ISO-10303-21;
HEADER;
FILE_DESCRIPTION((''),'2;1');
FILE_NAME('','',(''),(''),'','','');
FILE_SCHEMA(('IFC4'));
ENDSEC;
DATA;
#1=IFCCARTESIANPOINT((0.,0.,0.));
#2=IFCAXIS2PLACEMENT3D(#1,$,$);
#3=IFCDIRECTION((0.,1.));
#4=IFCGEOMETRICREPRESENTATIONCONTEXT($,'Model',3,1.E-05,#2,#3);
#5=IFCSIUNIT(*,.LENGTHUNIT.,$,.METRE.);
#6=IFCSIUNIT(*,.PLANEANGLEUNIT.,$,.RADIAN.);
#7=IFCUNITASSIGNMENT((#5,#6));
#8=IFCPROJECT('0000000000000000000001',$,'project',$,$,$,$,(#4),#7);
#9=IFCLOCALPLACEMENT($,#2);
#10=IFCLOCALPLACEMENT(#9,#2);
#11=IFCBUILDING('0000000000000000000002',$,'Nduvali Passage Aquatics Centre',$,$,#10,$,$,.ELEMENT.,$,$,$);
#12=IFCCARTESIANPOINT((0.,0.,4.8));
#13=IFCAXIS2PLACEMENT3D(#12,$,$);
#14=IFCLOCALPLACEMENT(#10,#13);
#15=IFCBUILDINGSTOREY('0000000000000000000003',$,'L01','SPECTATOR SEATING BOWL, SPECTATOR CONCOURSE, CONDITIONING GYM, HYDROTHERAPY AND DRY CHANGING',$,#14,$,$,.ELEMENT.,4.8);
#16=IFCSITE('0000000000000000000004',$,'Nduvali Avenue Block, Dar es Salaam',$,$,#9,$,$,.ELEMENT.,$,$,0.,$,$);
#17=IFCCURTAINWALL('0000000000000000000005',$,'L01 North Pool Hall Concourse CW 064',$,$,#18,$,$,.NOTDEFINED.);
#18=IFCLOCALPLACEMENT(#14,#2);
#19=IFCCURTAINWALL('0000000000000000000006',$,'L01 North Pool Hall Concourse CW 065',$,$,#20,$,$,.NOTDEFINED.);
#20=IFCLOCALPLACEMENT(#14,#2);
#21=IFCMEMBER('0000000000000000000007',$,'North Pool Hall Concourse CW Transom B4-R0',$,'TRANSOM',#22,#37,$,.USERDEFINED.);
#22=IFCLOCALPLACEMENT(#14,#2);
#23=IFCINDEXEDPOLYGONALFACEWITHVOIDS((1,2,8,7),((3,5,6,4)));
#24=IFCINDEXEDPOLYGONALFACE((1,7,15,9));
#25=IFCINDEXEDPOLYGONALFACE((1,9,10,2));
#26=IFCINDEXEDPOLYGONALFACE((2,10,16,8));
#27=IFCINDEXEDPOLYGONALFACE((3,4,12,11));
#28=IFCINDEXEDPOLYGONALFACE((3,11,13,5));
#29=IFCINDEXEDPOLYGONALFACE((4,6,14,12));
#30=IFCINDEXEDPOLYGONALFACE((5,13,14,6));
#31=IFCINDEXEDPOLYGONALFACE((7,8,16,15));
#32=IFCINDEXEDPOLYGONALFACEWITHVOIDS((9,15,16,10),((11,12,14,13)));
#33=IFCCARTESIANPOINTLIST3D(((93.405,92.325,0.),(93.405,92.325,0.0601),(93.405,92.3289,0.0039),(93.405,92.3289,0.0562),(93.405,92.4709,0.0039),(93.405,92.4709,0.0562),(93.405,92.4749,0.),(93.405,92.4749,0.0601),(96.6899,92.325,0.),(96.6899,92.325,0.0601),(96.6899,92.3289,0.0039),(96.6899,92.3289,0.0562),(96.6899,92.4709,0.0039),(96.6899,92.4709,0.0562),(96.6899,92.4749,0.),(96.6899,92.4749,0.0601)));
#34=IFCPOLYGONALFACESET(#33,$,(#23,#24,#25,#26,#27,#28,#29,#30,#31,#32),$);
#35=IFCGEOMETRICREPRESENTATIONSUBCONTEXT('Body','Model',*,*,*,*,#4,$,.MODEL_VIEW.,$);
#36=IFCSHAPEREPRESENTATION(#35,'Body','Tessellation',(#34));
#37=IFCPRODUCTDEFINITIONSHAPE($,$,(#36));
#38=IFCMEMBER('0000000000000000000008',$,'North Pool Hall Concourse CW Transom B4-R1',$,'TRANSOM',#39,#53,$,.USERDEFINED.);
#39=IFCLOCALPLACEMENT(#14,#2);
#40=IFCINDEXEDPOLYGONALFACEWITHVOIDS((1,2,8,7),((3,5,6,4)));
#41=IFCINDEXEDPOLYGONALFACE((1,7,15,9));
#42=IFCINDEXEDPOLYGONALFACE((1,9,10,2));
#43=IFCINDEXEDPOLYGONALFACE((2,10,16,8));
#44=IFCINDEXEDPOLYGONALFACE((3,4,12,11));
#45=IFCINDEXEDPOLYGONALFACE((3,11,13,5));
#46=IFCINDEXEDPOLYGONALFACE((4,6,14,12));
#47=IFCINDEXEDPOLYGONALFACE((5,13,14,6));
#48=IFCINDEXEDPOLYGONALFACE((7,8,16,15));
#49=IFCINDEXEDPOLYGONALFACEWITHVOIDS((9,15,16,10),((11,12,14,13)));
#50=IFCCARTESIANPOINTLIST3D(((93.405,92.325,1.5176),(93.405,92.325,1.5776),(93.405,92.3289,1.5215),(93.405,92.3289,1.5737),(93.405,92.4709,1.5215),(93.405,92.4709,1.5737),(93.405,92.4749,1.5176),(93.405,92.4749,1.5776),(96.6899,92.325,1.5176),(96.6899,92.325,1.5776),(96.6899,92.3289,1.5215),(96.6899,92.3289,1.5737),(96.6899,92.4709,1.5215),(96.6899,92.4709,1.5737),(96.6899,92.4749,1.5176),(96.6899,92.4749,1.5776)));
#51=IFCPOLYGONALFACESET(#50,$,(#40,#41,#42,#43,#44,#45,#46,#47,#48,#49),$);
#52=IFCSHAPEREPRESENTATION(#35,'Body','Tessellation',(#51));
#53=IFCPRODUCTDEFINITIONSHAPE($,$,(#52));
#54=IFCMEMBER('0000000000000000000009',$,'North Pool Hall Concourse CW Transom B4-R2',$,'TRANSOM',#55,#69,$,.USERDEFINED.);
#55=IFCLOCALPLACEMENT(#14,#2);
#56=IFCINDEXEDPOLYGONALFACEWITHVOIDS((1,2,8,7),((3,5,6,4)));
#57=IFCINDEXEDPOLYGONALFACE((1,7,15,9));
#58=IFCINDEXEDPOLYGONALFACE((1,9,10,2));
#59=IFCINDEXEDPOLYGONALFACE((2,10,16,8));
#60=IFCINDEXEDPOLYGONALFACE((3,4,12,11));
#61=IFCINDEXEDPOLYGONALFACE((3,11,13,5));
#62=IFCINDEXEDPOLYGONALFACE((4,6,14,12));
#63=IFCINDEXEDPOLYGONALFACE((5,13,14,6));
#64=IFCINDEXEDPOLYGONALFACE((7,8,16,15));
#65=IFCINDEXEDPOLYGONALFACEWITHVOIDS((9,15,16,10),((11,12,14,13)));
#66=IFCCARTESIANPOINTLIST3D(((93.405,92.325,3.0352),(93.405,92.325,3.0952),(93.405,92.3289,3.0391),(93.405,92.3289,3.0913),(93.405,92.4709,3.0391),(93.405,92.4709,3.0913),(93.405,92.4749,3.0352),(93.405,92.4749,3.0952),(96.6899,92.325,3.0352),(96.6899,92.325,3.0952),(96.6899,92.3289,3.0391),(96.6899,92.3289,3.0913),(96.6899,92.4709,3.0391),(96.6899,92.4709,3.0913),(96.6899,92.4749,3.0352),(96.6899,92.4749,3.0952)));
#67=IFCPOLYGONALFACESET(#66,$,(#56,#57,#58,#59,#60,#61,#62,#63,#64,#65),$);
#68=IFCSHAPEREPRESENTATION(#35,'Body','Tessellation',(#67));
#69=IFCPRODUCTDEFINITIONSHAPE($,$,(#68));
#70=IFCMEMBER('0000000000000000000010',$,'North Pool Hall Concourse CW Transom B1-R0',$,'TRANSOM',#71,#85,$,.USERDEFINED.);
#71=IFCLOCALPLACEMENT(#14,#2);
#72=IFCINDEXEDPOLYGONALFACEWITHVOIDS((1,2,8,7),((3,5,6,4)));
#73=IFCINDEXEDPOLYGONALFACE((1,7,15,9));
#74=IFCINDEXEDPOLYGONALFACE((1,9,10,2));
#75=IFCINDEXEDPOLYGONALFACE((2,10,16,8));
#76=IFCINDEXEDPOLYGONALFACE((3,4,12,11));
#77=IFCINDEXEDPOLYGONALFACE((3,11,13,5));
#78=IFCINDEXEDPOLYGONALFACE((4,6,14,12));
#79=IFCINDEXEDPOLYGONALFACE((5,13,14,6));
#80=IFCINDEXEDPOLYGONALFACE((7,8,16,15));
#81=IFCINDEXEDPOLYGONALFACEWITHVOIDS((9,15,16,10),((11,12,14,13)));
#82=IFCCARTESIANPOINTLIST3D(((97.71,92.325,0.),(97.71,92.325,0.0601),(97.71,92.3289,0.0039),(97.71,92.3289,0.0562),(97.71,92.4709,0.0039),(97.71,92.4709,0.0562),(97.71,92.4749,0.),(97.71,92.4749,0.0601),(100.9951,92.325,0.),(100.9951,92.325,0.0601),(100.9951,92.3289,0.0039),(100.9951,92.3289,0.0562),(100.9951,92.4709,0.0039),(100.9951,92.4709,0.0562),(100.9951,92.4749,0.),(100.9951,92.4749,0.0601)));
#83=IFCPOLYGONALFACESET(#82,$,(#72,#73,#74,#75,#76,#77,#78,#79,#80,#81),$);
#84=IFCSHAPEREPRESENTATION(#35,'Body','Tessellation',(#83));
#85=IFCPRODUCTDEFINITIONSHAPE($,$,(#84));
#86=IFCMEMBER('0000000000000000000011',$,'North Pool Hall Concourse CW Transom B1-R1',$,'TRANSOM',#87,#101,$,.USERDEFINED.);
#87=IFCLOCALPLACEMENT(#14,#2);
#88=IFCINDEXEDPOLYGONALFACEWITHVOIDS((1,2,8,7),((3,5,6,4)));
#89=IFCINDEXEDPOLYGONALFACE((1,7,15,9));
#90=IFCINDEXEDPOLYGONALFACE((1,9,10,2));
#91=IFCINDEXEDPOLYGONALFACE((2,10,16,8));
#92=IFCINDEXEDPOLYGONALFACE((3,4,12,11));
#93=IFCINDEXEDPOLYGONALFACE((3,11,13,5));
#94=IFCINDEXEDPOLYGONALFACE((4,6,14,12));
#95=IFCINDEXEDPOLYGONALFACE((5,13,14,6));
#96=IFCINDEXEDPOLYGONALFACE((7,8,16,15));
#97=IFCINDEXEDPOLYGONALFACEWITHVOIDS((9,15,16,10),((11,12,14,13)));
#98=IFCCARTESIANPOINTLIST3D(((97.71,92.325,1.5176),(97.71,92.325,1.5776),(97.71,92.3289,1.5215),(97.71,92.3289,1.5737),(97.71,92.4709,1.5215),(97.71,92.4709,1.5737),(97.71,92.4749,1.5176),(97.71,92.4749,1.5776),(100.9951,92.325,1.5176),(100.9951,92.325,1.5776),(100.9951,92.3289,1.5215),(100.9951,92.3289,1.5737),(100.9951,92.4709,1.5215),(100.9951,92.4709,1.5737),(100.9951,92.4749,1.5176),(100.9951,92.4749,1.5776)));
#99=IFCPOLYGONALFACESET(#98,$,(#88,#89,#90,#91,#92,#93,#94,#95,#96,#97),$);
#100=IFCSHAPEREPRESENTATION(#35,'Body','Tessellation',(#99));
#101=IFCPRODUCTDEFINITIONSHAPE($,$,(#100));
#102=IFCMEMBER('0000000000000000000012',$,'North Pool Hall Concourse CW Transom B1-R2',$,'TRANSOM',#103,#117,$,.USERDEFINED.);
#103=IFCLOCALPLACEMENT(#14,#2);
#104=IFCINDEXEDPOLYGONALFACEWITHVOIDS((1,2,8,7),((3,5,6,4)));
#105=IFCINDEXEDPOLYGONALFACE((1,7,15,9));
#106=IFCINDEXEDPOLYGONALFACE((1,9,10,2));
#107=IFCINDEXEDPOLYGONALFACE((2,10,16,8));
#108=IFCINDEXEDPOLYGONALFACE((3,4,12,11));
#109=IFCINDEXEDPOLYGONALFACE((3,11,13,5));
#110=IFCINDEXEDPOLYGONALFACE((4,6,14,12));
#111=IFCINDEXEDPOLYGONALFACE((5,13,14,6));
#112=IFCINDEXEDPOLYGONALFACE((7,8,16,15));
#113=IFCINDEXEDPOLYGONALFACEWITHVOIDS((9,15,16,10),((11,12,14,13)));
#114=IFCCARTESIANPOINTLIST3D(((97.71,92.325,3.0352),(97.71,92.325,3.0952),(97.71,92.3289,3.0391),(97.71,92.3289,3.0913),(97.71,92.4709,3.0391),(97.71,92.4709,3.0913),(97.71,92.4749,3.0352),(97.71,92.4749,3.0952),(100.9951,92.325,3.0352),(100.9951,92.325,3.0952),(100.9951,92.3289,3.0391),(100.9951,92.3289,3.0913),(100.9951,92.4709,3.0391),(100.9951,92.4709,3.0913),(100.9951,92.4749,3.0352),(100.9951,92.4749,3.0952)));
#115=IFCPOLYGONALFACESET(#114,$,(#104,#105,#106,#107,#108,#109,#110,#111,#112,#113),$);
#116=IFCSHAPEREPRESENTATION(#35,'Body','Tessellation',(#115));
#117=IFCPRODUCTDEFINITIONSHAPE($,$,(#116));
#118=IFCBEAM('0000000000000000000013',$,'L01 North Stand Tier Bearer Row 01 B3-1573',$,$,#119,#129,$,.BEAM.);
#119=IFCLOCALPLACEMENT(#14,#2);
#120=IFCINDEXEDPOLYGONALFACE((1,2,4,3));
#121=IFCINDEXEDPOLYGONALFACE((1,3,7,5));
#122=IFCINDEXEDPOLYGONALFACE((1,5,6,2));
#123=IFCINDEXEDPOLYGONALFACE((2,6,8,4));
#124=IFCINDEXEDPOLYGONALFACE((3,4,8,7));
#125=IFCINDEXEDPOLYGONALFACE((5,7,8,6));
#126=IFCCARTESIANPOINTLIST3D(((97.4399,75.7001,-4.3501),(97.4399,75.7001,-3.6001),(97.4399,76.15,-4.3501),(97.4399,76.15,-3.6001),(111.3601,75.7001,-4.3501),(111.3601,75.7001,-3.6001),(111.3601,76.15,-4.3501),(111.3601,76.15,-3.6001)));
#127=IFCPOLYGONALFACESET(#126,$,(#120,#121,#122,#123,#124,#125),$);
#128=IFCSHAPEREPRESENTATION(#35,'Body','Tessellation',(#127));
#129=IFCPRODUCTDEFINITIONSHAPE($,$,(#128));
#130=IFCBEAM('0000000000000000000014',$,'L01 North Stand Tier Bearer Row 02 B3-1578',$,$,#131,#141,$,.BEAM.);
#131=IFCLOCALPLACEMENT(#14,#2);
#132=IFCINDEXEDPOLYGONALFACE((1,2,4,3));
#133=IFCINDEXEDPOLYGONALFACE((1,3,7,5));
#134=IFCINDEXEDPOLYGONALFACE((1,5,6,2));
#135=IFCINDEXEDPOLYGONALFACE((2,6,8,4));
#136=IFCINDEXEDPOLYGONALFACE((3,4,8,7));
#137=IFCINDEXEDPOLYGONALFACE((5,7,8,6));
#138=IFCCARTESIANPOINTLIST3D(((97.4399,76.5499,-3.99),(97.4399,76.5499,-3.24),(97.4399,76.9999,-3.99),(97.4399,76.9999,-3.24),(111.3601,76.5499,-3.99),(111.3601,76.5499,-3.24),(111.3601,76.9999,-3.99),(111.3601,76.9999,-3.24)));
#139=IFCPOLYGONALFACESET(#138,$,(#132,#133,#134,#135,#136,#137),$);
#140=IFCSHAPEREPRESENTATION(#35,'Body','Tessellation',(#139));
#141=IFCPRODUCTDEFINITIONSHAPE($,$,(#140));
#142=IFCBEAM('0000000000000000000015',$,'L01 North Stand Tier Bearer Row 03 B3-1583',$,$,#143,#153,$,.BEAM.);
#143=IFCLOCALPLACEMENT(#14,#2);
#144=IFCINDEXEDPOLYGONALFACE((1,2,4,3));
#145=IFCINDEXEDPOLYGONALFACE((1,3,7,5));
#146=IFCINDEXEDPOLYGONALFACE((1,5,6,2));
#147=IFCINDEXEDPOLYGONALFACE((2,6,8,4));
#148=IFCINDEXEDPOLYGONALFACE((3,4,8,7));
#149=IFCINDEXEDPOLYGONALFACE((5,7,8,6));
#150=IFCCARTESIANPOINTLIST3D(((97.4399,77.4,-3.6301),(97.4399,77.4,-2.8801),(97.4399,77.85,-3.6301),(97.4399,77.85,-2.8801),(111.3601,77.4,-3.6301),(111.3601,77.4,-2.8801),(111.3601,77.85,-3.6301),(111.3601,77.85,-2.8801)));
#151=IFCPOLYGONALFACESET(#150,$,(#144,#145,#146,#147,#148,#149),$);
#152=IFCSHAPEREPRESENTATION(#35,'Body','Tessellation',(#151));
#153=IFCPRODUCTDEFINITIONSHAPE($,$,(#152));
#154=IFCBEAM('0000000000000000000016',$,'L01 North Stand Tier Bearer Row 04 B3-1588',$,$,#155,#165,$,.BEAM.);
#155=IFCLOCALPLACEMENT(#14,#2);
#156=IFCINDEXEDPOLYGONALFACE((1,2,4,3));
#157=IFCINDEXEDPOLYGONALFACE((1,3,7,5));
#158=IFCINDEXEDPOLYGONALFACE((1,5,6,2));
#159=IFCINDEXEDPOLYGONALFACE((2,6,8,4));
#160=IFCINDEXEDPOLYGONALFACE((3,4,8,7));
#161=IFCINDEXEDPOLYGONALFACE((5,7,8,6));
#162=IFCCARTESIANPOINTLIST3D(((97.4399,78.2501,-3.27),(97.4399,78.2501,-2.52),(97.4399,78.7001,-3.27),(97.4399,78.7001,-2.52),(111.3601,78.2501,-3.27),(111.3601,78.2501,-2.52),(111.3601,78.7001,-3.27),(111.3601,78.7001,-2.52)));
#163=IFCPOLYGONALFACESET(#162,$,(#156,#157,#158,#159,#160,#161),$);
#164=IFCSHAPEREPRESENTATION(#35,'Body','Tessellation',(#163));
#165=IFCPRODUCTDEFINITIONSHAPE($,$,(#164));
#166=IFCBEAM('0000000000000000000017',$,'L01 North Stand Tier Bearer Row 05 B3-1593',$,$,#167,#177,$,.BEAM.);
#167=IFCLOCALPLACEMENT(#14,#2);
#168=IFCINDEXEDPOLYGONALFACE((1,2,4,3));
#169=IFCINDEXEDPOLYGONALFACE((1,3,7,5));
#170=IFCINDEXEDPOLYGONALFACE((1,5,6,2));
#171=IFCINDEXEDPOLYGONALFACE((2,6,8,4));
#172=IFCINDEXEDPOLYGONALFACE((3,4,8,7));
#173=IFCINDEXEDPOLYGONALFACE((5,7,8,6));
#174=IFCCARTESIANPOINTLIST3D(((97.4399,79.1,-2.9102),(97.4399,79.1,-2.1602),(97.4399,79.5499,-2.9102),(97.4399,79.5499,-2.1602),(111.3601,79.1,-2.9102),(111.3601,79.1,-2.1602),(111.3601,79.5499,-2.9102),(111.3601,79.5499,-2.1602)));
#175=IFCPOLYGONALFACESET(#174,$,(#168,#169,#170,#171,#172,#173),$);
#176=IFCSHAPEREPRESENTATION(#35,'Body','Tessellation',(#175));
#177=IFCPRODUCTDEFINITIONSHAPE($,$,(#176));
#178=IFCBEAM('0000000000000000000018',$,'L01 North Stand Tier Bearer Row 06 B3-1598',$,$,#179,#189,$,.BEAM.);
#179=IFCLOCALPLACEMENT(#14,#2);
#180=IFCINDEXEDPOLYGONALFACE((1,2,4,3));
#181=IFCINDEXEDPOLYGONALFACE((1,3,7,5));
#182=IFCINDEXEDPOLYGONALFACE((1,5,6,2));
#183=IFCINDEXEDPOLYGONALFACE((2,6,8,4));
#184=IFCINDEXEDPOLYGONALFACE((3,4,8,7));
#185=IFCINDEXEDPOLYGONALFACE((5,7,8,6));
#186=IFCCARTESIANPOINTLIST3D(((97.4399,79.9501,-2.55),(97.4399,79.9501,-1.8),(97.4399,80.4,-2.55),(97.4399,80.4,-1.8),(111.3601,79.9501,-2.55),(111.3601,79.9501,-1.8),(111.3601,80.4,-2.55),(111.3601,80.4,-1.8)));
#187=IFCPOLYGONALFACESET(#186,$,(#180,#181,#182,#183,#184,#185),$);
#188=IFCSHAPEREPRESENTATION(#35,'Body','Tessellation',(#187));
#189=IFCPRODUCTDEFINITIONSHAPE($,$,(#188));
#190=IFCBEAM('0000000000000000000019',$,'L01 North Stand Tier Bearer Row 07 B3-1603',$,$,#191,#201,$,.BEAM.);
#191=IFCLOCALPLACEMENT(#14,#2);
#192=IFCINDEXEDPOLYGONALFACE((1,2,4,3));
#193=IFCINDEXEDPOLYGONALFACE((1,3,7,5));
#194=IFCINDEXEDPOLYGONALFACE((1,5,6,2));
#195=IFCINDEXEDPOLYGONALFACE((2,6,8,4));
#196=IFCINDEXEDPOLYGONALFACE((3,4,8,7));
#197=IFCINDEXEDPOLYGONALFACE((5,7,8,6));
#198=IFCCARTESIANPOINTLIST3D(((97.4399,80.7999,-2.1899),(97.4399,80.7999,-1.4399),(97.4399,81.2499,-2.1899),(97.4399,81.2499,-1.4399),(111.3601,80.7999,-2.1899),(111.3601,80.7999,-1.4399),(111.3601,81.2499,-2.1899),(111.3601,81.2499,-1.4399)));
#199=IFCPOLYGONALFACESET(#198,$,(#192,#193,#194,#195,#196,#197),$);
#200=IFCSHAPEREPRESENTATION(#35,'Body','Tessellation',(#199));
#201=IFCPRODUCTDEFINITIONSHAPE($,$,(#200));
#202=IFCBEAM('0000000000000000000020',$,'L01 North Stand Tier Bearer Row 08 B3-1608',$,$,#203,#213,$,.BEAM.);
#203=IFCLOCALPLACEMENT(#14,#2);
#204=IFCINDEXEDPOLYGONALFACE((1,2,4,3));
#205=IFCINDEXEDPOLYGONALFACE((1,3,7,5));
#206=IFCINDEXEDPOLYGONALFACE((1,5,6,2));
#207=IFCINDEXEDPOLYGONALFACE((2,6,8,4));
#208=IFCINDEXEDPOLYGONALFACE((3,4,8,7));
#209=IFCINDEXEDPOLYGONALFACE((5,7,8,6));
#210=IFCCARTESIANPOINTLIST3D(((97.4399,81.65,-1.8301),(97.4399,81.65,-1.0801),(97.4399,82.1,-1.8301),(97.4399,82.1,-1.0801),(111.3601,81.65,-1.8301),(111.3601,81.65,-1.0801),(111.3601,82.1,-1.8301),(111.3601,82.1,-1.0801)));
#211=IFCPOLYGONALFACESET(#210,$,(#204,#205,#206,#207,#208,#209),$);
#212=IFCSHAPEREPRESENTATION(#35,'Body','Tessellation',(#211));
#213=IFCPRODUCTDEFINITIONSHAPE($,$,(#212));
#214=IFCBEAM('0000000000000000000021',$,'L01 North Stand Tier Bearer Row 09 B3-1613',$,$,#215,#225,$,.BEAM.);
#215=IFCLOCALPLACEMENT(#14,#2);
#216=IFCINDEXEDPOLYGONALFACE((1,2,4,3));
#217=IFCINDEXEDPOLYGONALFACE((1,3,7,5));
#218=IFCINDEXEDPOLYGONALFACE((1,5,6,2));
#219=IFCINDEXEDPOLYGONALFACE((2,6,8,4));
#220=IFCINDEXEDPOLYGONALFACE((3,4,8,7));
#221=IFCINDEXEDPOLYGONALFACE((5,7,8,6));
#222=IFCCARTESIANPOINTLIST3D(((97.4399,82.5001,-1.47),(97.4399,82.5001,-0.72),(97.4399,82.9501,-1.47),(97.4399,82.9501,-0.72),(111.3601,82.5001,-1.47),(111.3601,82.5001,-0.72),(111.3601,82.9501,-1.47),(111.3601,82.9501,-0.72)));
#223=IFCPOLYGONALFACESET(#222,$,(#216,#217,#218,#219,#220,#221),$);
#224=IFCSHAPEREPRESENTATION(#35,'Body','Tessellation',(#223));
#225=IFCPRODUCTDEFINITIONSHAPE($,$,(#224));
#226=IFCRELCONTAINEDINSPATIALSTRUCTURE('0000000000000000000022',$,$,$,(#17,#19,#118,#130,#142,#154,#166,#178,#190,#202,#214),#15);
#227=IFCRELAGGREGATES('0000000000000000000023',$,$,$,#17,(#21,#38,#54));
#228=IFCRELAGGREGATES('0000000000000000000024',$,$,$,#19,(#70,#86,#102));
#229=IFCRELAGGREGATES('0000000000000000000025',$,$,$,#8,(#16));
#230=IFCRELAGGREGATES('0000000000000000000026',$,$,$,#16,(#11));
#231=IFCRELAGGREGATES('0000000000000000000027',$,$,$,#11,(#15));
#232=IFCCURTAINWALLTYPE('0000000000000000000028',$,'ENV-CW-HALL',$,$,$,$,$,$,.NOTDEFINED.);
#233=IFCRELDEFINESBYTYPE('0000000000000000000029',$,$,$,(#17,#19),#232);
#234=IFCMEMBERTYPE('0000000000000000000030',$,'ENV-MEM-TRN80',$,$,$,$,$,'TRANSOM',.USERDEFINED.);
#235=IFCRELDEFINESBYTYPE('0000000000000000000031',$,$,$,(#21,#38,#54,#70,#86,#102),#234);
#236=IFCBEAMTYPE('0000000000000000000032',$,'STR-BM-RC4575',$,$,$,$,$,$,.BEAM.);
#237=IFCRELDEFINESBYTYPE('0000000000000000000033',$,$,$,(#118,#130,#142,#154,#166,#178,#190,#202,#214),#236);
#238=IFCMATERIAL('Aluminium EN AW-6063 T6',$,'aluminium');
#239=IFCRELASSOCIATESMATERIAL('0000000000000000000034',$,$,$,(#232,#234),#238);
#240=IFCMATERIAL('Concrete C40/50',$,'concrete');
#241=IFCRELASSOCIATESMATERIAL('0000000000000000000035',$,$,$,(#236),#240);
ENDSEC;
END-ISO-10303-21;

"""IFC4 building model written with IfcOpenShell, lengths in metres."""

from ifc_helpers import new_model, si_unit, direction, frame, origin, origin_2d, place, context, subcontext, project, spatial, rectangle, hollow_rectangle, extrude, material, material_profile, profile_set, type_object, element, aggregate, save


model = new_model("IFC4")

# Units and contexts
model_context = context("Model", 3, precision=1e-05, world=origin(), true_north=direction((0.0, 1.0)))
body_context = subcontext(model_context, "Body", "Model", "MODEL_VIEW")
ifc_project = project(units=[si_unit("LENGTHUNIT", "METRE"), si_unit("PLANEANGLEUNIT", "RADIAN")], contexts=[model_context])

# Site, building, storey
site_placement = place(None, origin())
site = spatial("IfcSite", under=ifc_project, at=site_placement, Name="Nduvali Avenue Block, Dar es Salaam", CompositionType="ELEMENT", RefElevation=0.0)
building_placement = place(site_placement, origin())
building = spatial("IfcBuilding", under=site, at=building_placement, Name="Nduvali Passage Aquatics Centre", CompositionType="ELEMENT")
storey_placement = place(building_placement, frame((0.0, 0.0, 4.8)))
storey = spatial("IfcBuildingStorey", under=building, at=storey_placement, Name="L01", Description="SPECTATOR SEATING BOWL, SPECTATOR CONCOURSE, CONDITIONING GYM, HYDROTHERAPY AND DRY CHANGING", CompositionType="ELEMENT", Elevation=4.8)

# Shared definitions
ifc_material_1 = material(Name="Concrete C40/50", Category="concrete")

# Curtain wall
ifc_material_2 = material(Name="Aluminium EN AW-6063 T6", Category="aluminium")
curtain_wall_type = type_object("IfcCurtainWallType", Name="ENV-CW-HALL", PredefinedType="NOTDEFINED", material=ifc_material_2)
curtain_wall_1_placement = place(storey_placement, origin())
curtain_wall_1 = element("IfcCurtainWall", 1, at=curtain_wall_1_placement, inside=storey, type_object=curtain_wall_type, Name="L01 North Pool Hall Concourse CW 064", PredefinedType="NOTDEFINED")

# Curtain wall
curtain_wall_2_placement = place(storey_placement, origin())
curtain_wall_2 = element("IfcCurtainWall", 2, at=curtain_wall_2_placement, inside=storey, type_object=curtain_wall_type, Name="L01 North Pool Hall Concourse CW 065", PredefinedType="NOTDEFINED")

# Members
ifc_material_profile_1 = material_profile(ifc_material_2, hollow_rectangle(XDim=0.1499, YDim=0.0601, WallThickness=0.0039, at=origin_2d()), Name="ALU TRANSOM 150x60x4")
ifc_profile_set_1 = profile_set([ifc_material_profile_1], Name="Aluminium EN AW-6063 T6")
member_type_1 = type_object("IfcMemberType", Name="ENV-MEM-TRN80", ElementType="TRANSOM", PredefinedType="USERDEFINED", material=ifc_profile_set_1)
member_1_placement = place(storey_placement, frame((93.405, 92.3999, 0.03), z_axis=(1.0, 0.0, 0.0), x_axis=(0.0, 1.0, 0.0)))
member_1 = element("IfcMember", 3, at=member_1_placement, type_object=member_type_1, Name="North Pool Hall Concourse CW Transom B4-R0", ObjectType="TRANSOM", PredefinedType="USERDEFINED", context=body_context, shape_type="SweptSolid", body=[
    extrude(hollow_rectangle(XDim=0.1499, YDim=0.0601, WallThickness=0.0039, at=origin_2d()), origin(), (0.0, 0.0, 1.0), 3.2849),
])
member_2_placement = place(storey_placement, frame((93.405, 92.3999, 1.5476), z_axis=(1.0, 0.0, 0.0), x_axis=(0.0, 1.0, 0.0)))
member_2 = element("IfcMember", 4, at=member_2_placement, type_object=member_type_1, Name="North Pool Hall Concourse CW Transom B4-R1", ObjectType="TRANSOM", PredefinedType="USERDEFINED", context=body_context, shape_type="SweptSolid", body=[
    extrude(hollow_rectangle(XDim=0.1499, YDim=0.0601, WallThickness=0.0039, at=origin_2d()), origin(), (0.0, 0.0, 1.0), 3.2849),
])
member_3_placement = place(storey_placement, frame((93.405, 92.3999, 3.0652), z_axis=(1.0, 0.0, 0.0), x_axis=(0.0, 1.0, 0.0)))
member_3 = element("IfcMember", 5, at=member_3_placement, type_object=member_type_1, Name="North Pool Hall Concourse CW Transom B4-R2", ObjectType="TRANSOM", PredefinedType="USERDEFINED", context=body_context, shape_type="SweptSolid", body=[
    extrude(hollow_rectangle(XDim=0.1499, YDim=0.0601, WallThickness=0.0039, at=origin_2d()), origin(), (0.0, 0.0, 1.0), 3.2849),
])
member_4_placement = place(storey_placement, frame((97.71, 92.3999, 0.03), z_axis=(1.0, 0.0, 0.0), x_axis=(0.0, 1.0, 0.0)))
member_4 = element("IfcMember", 6, at=member_4_placement, type_object=member_type_1, Name="North Pool Hall Concourse CW Transom B1-R0", ObjectType="TRANSOM", PredefinedType="USERDEFINED", context=body_context, shape_type="SweptSolid", body=[
    extrude(hollow_rectangle(XDim=0.1499, YDim=0.0601, WallThickness=0.0039, at=origin_2d()), origin(), (0.0, 0.0, 1.0), 3.2852),
])
member_5_placement = place(storey_placement, frame((97.71, 92.3999, 1.5476), z_axis=(1.0, 0.0, 0.0), x_axis=(0.0, 1.0, 0.0)))
member_5 = element("IfcMember", 7, at=member_5_placement, type_object=member_type_1, Name="North Pool Hall Concourse CW Transom B1-R1", ObjectType="TRANSOM", PredefinedType="USERDEFINED", context=body_context, shape_type="SweptSolid", body=[
    extrude(hollow_rectangle(XDim=0.1499, YDim=0.0601, WallThickness=0.0039, at=origin_2d()), origin(), (0.0, 0.0, 1.0), 3.2852),
])
member_6_placement = place(storey_placement, frame((97.71, 92.3999, 3.0652), z_axis=(1.0, 0.0, 0.0), x_axis=(0.0, 1.0, 0.0)))
member_6 = element("IfcMember", 8, at=member_6_placement, type_object=member_type_1, Name="North Pool Hall Concourse CW Transom B1-R2", ObjectType="TRANSOM", PredefinedType="USERDEFINED", context=body_context, shape_type="SweptSolid", body=[
    extrude(hollow_rectangle(XDim=0.1499, YDim=0.0601, WallThickness=0.0039, at=origin_2d()), origin(), (0.0, 0.0, 1.0), 3.2852),
])

# Beams
ifc_material_profile_2 = material_profile(ifc_material_1, rectangle(XDim=0.45, YDim=0.75, at=origin_2d()), Name="RC 450x750")
ifc_profile_set_2 = profile_set([ifc_material_profile_2], Name="Concrete C40/50")
beam_type_1 = type_object("IfcBeamType", Name="STR-BM-RC4575", PredefinedType="BEAM", material=ifc_profile_set_2)
for number, where, z_axis, x_axis, name in (
    (9, (97.4399, 75.925, -3.9751), (1.0, 0.0, 0.0), (0.0, 1.0, 0.0), "L01 North Stand Tier Bearer Row 01 B3-1573"),
    (10, (97.4399, 76.7749, -3.615), (1.0, 0.0, 0.0), (0.0, 1.0, 0.0), "L01 North Stand Tier Bearer Row 02 B3-1578"),
    (11, (97.4399, 77.625, -3.2551), (1.0, 0.0, 0.0), (0.0, 1.0, 0.0), "L01 North Stand Tier Bearer Row 03 B3-1583"),
    (12, (97.4399, 78.4751, -2.895), (1.0, 0.0, 0.0), (0.0, 1.0, 0.0), "L01 North Stand Tier Bearer Row 04 B3-1588"),
    (13, (97.4399, 79.325, -2.5352), (1.0, 0.0, 0.0), (0.0, 1.0, 0.0), "L01 North Stand Tier Bearer Row 05 B3-1593"),
    (14, (97.4399, 80.175, -2.175), (1.0, 0.0, 0.0), (0.0, 1.0, 0.0), "L01 North Stand Tier Bearer Row 06 B3-1598"),
    (15, (97.4399, 81.0249, -1.8149), (1.0, 0.0, 0.0), (0.0, 1.0, 0.0), "L01 North Stand Tier Bearer Row 07 B3-1603"),
    (16, (97.4399, 81.875, -1.4551), (1.0, 0.0, 0.0), (0.0, 1.0, 0.0), "L01 North Stand Tier Bearer Row 08 B3-1608"),
    (17, (97.4399, 82.7251, -1.095), (1.0, 0.0, 0.0), (0.0, 1.0, 0.0), "L01 North Stand Tier Bearer Row 09 B3-1613"),
):
    element("IfcBeam", number, at=place(storey_placement, frame(where, z_axis=z_axis, x_axis=x_axis)), inside=storey, type_object=beam_type_1, Name=name, PredefinedType="BEAM", context=body_context, shape_type="SweptSolid", body=[
        extrude(rectangle(XDim=0.45, YDim=0.75, at=origin_2d()), origin(), (0.0, 0.0, 1.0), 13.9202),
    ])

aggregate(curtain_wall_1, [member_1, member_2, member_3])
aggregate(curtain_wall_2, [member_4, member_5, member_6])

save(model, "model.ifc")
